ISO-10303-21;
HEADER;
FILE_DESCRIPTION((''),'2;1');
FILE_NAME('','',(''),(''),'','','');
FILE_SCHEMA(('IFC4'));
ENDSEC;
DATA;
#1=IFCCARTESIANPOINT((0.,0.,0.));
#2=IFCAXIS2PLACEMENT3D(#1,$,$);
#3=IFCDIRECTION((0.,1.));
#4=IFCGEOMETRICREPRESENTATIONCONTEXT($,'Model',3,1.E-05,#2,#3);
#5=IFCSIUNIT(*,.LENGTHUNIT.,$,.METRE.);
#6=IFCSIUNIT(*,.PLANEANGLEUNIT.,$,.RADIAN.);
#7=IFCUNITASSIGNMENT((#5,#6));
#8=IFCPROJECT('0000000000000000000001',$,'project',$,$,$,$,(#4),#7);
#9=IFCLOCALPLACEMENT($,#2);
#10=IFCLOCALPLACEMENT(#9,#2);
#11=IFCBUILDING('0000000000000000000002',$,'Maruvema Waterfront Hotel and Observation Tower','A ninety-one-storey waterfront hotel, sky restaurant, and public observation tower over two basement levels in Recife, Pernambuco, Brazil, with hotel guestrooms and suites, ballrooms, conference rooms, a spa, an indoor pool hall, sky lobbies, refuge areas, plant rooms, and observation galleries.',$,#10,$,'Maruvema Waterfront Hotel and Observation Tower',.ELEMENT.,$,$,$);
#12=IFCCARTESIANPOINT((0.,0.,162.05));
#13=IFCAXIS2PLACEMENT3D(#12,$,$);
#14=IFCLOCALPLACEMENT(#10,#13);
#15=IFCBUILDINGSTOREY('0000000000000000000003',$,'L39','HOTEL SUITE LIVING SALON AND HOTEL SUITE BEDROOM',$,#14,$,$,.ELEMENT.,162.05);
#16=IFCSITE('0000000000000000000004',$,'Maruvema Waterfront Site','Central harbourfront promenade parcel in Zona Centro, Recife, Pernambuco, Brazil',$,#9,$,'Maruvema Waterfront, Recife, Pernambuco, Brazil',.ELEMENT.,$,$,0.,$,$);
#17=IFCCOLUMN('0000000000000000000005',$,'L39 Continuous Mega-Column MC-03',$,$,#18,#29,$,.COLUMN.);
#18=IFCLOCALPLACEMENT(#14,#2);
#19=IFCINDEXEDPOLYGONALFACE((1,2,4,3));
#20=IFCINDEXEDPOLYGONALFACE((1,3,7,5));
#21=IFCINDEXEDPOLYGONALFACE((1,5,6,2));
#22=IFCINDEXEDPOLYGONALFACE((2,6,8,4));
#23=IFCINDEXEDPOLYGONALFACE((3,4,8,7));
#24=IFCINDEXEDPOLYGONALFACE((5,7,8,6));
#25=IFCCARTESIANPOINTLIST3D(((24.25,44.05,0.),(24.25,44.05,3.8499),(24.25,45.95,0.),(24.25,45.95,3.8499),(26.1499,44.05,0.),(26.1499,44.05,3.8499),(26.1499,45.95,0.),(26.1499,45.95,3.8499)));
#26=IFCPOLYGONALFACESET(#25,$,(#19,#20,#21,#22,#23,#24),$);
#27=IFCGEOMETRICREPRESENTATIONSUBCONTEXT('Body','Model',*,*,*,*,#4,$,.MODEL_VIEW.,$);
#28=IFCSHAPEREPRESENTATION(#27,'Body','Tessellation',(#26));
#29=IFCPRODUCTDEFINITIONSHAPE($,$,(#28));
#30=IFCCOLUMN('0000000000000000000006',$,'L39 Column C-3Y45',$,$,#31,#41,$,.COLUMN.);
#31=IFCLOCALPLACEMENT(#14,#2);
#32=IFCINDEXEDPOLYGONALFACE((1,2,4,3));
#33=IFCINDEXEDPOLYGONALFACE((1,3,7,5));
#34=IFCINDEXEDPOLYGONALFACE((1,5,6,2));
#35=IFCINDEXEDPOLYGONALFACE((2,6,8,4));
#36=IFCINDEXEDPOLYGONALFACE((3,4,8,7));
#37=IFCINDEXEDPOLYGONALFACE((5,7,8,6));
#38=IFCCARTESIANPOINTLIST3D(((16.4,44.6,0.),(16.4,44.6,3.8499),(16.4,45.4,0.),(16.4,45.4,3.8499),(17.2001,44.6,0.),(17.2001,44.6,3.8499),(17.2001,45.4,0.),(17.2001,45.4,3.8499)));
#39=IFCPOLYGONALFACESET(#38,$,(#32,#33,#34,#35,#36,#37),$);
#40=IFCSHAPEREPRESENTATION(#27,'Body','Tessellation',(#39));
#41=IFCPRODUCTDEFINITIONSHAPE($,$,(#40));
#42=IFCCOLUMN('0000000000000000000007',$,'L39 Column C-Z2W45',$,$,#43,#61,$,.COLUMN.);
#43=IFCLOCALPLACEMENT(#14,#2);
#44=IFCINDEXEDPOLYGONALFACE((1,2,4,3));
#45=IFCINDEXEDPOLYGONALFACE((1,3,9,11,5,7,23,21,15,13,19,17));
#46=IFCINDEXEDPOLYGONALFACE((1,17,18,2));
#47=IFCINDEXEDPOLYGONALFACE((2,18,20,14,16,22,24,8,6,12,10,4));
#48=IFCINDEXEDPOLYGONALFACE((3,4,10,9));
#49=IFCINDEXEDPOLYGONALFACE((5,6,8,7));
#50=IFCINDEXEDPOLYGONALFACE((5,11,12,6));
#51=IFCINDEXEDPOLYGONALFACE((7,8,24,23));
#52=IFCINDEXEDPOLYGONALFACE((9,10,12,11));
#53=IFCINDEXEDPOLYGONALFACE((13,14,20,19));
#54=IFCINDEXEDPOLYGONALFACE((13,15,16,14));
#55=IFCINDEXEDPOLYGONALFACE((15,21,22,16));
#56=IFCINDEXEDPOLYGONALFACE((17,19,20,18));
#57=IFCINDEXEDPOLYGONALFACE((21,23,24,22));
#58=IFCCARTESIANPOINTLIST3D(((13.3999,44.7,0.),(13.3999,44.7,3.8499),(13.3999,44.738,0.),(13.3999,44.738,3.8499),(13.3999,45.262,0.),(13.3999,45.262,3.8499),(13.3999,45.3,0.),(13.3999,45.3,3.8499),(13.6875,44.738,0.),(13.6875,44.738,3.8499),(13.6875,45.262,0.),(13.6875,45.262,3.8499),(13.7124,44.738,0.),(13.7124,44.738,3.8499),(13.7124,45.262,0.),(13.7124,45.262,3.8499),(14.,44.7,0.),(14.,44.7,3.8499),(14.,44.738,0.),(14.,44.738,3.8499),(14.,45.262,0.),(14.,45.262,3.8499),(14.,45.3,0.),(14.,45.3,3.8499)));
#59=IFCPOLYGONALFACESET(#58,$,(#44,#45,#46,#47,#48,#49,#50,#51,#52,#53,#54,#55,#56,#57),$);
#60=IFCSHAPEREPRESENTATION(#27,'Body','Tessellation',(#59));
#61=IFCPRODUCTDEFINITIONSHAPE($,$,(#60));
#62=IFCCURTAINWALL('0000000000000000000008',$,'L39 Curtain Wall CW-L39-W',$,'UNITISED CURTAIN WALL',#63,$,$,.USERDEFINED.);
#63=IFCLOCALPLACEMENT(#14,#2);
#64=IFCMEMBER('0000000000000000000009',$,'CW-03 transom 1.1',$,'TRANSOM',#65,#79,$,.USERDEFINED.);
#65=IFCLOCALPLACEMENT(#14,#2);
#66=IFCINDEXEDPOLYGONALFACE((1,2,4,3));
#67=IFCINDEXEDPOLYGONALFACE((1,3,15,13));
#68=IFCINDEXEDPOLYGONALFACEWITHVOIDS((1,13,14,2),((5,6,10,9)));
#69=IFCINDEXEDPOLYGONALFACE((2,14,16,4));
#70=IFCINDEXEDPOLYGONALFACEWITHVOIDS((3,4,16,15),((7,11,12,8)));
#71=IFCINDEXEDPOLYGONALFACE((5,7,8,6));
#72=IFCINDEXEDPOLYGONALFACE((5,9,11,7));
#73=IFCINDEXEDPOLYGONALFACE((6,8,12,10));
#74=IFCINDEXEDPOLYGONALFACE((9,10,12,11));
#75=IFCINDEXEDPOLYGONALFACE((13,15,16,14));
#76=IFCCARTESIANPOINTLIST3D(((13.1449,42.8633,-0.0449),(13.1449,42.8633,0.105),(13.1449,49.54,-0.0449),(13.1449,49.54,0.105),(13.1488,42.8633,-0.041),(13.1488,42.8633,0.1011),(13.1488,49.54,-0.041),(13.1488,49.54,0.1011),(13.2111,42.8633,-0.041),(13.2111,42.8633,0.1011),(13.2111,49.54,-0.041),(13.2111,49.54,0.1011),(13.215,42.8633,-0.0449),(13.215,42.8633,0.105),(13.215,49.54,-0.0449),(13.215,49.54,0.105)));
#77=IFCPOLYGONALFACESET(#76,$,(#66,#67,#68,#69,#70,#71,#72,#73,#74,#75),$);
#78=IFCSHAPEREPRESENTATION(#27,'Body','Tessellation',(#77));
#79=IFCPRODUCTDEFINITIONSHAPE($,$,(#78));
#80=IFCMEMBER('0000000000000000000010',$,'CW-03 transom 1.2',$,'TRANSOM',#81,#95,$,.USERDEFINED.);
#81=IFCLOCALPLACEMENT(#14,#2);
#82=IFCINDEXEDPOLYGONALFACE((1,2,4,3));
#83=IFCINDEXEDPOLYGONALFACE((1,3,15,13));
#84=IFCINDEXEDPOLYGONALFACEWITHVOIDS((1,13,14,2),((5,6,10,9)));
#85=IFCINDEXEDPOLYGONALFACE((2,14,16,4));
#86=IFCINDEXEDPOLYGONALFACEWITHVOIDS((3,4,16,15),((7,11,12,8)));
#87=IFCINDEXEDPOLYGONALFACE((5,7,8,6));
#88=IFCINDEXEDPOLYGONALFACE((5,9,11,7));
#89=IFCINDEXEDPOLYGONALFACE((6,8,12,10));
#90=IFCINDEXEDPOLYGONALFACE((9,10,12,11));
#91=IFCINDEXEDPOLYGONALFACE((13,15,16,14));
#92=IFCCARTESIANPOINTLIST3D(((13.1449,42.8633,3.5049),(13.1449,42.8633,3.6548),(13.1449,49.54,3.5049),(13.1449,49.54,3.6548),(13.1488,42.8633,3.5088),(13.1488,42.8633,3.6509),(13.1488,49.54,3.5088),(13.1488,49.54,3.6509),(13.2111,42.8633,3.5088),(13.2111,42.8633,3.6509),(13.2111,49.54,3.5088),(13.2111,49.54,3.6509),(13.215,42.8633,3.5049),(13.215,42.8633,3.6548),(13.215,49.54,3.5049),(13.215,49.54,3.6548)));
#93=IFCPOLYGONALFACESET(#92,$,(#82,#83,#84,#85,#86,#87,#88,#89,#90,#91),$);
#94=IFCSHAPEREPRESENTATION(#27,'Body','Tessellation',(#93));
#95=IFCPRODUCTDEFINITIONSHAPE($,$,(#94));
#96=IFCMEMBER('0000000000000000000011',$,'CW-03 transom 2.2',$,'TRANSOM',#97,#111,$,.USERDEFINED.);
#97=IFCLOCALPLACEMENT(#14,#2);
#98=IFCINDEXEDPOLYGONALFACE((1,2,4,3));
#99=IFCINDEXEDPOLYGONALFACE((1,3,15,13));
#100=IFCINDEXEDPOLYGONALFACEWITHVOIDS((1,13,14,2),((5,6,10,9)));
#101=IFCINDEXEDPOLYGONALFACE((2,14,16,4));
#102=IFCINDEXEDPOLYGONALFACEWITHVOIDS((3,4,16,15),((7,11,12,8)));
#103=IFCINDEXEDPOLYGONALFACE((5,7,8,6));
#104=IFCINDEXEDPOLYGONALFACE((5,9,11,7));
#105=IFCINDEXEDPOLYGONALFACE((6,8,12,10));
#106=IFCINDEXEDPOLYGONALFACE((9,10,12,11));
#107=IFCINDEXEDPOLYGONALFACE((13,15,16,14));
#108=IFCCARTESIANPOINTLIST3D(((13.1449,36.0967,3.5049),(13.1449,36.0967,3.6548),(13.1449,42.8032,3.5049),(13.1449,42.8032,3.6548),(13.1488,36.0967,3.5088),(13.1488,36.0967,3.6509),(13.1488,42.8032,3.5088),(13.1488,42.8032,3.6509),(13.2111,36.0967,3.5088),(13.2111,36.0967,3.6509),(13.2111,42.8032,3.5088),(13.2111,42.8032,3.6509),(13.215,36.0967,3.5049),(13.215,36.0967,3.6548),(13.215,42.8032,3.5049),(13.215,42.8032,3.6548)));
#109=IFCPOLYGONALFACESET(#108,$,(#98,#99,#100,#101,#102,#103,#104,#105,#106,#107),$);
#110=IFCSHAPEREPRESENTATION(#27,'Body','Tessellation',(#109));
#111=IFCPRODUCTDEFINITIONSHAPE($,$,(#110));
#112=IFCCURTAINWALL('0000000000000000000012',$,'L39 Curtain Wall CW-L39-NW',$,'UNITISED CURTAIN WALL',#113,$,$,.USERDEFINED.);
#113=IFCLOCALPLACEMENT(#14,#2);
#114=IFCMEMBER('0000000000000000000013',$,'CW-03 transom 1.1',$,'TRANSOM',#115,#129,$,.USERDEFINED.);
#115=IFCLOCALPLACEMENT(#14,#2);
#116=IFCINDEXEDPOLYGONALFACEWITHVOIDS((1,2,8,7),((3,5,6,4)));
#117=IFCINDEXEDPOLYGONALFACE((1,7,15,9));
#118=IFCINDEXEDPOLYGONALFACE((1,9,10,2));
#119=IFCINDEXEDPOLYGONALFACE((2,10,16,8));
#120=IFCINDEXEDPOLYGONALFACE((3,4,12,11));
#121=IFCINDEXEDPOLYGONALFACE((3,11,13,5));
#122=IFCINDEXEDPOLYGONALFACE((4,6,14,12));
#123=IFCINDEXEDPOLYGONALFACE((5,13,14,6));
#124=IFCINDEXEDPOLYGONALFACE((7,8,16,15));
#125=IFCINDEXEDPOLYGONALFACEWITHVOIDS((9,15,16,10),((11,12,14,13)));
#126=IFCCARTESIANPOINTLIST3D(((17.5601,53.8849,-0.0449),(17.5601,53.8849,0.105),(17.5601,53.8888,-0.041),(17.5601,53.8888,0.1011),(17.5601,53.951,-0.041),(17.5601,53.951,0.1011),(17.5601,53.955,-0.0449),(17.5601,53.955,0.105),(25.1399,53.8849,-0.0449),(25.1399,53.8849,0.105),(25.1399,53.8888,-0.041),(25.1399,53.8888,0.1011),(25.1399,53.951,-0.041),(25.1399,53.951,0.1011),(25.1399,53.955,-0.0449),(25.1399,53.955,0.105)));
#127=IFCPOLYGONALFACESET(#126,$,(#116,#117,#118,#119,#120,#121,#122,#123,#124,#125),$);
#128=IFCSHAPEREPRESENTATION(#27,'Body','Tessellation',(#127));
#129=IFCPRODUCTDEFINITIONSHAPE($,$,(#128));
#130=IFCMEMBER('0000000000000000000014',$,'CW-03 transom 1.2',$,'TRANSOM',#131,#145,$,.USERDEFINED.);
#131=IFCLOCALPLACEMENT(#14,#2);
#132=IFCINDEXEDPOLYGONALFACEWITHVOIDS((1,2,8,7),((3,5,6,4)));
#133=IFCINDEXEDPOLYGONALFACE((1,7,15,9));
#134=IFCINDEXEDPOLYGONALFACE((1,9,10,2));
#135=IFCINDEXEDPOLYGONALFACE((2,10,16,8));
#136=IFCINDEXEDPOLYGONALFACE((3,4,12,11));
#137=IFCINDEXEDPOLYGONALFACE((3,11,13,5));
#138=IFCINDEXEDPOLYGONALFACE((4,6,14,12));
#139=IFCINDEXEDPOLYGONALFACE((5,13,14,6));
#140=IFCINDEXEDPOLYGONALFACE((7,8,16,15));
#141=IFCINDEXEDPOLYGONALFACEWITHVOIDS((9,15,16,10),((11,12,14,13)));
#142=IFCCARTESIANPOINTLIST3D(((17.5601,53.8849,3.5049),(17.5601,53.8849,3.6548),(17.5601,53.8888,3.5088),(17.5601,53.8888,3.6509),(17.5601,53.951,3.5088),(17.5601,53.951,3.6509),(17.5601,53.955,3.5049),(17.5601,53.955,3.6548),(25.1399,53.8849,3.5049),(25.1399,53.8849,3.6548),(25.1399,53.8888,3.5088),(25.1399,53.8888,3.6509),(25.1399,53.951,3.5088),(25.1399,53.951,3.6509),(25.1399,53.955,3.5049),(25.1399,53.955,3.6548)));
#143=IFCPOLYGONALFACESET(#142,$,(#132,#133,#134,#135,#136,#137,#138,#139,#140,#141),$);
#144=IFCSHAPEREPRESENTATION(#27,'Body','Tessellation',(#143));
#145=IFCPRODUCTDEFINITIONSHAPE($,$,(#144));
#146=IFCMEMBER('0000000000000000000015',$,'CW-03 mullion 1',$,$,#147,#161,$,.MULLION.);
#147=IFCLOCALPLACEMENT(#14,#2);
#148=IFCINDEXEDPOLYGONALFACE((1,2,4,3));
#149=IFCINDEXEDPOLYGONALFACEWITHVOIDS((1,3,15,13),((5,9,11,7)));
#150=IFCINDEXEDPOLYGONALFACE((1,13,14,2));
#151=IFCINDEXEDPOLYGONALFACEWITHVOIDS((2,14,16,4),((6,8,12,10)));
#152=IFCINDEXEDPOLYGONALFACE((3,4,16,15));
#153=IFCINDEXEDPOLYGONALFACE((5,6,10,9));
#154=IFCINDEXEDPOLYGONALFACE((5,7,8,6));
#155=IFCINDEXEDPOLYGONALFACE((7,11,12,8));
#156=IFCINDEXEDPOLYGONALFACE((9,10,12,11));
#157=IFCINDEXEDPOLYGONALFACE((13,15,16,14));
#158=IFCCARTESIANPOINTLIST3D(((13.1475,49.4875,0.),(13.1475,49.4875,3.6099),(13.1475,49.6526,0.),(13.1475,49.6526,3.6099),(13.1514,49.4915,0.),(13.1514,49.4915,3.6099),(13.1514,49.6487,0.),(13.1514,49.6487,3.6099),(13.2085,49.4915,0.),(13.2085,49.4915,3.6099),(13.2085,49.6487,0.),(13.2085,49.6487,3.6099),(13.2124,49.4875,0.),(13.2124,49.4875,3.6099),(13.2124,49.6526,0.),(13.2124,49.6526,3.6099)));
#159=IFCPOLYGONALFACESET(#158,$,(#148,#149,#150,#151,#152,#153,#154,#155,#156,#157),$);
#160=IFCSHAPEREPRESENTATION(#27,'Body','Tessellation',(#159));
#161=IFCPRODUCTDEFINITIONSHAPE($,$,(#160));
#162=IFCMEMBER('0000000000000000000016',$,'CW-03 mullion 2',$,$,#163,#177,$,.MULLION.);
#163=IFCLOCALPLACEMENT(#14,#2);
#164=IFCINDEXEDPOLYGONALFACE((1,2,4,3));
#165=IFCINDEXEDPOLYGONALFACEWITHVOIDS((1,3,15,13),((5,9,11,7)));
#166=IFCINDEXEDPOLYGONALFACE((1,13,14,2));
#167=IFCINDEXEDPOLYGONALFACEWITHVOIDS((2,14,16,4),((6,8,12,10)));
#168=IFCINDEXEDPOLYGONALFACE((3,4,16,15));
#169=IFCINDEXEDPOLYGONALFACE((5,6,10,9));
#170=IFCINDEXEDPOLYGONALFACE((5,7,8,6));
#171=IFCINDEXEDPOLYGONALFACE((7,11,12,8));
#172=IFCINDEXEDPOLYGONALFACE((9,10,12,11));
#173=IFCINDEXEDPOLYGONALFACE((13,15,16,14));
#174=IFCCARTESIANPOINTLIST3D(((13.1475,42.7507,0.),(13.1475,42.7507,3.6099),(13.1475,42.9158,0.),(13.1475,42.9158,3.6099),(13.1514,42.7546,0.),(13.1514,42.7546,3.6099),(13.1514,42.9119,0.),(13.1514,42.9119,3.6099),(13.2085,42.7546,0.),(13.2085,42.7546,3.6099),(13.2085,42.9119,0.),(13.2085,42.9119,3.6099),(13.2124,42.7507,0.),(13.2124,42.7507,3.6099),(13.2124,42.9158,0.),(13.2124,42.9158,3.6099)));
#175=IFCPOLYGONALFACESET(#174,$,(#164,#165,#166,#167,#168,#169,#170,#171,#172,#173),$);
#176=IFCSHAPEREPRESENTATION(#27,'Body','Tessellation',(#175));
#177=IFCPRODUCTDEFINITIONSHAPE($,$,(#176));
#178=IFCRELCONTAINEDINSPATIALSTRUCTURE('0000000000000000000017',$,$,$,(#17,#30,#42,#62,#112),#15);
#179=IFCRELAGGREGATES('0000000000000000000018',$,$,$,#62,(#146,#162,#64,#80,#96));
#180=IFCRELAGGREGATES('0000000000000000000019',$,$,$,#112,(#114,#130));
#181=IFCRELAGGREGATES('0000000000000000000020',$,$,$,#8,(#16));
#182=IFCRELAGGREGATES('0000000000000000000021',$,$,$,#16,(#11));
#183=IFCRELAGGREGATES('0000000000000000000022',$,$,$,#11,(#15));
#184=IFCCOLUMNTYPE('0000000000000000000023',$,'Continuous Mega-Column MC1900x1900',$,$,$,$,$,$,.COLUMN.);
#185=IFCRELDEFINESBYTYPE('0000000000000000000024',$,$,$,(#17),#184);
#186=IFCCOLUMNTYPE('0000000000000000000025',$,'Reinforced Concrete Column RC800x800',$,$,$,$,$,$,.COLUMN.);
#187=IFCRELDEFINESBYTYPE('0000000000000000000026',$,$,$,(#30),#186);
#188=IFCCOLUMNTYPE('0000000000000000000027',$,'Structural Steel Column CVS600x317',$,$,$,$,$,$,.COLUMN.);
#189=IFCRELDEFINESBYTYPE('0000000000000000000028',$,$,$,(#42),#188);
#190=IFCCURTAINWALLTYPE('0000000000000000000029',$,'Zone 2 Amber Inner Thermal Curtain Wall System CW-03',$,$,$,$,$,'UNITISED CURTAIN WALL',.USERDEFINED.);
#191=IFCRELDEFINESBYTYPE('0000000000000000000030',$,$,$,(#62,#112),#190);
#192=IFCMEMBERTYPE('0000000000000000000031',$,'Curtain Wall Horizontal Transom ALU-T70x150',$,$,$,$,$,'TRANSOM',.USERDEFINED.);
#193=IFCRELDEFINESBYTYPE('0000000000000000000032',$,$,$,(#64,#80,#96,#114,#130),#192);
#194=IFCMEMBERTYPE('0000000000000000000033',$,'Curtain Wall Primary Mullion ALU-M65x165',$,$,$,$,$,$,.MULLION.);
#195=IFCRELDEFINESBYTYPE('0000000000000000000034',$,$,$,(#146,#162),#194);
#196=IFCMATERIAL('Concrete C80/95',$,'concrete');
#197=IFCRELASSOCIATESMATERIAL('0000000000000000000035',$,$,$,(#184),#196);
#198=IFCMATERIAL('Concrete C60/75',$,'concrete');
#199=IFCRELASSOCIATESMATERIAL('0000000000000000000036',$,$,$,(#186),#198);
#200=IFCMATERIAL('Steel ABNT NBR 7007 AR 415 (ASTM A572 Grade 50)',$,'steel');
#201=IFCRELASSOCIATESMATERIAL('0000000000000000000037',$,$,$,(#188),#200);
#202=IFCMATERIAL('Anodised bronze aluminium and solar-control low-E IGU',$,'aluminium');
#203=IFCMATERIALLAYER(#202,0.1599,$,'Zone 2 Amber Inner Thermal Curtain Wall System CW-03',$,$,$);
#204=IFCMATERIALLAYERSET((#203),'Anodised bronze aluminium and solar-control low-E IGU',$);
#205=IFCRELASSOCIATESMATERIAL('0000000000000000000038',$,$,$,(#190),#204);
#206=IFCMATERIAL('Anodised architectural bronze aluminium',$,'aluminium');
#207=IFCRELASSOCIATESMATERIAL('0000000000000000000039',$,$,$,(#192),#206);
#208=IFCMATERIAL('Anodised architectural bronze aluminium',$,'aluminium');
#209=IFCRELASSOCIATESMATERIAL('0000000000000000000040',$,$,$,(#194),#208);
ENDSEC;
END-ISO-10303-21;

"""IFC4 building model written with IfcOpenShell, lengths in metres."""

from ifc_helpers import new_model, si_unit, direction, frame, origin, origin_2d, place, context, subcontext, project, spatial, rectangle, hollow_rectangle, i_section, extrude, material, layer, layer_set, material_profile, profile_set, type_object, element, aggregate, save


model = new_model("IFC4")

# Units and contexts
model_context = context("Model", 3, precision=1e-05, world=origin(), true_north=direction((0.0, 1.0)))
body_context = subcontext(model_context, "Body", "Model", "MODEL_VIEW")
ifc_project = project(units=[si_unit("LENGTHUNIT", "METRE"), si_unit("PLANEANGLEUNIT", "RADIAN")], contexts=[model_context])

# Site, building, storey
site_placement = place(None, origin())
site = spatial("IfcSite", under=ifc_project, at=site_placement, Name="Maruvema Waterfront Site", Description="Central harbourfront promenade parcel in Zona Centro, Recife, Pernambuco, Brazil", LongName="Maruvema Waterfront, Recife, Pernambuco, Brazil", CompositionType="ELEMENT", RefElevation=0.0)
building_placement = place(site_placement, origin())
building = spatial("IfcBuilding", under=site, at=building_placement, Name="Maruvema Waterfront Hotel and Observation Tower", Description="A ninety-one-storey waterfront hotel, sky restaurant, and public observation tower over two basement levels in Recife, Pernambuco, Brazil, with hotel guestrooms and suites, ballrooms, conference rooms, a spa, an indoor pool hall, sky lobbies, refuge areas, plant rooms, and observation galleries.", LongName="Maruvema Waterfront Hotel and Observation Tower", CompositionType="ELEMENT")
storey_placement = place(building_placement, frame((0.0, 0.0, 162.05)))
storey = spatial("IfcBuildingStorey", under=building, at=storey_placement, Name="L39", Description="HOTEL SUITE LIVING SALON AND HOTEL SUITE BEDROOM", CompositionType="ELEMENT", Elevation=162.05)

# Columns
ifc_material_1 = material(Name="Concrete C80/95", Category="concrete")
ifc_material_profile_1 = material_profile(ifc_material_1, rectangle(XDim=1.8999, YDim=1.8999, at=origin_2d()), Name="MC1900x1900")
ifc_profile_set_1 = profile_set([ifc_material_profile_1], Name="Concrete C80/95")
column_type_1 = type_object("IfcColumnType", Name="Continuous Mega-Column MC1900x1900", PredefinedType="COLUMN", material=ifc_profile_set_1)
column_1_placement = place(storey_placement, frame((25.2, 45.0, 0.0), z_axis=(0.0, 0.0, 1.0), x_axis=(1.0, 0.0, 0.0)))
element("IfcColumn", 1, at=column_1_placement, inside=storey, type_object=column_type_1, Name="L39 Continuous Mega-Column MC-03", PredefinedType="COLUMN", context=body_context, shape_type="SweptSolid", body=[
    extrude(rectangle(XDim=1.8999, YDim=1.8999, at=origin_2d()), origin(), (0.0, 0.0, 1.0), 3.8499),
])
ifc_material_2 = material(Name="Concrete C60/75", Category="concrete")
ifc_material_profile_2 = material_profile(ifc_material_2, rectangle(XDim=0.8, YDim=0.8, at=origin_2d()), Name="RC800x800")
ifc_profile_set_2 = profile_set([ifc_material_profile_2], Name="Concrete C60/75")
column_type_2 = type_object("IfcColumnType", Name="Reinforced Concrete Column RC800x800", PredefinedType="COLUMN", material=ifc_profile_set_2)
column_2_placement = place(storey_placement, frame((16.8, 45.0, 0.0), z_axis=(0.0, 0.0, 1.0), x_axis=(1.0, 0.0, 0.0)))
element("IfcColumn", 2, at=column_2_placement, inside=storey, type_object=column_type_2, Name="L39 Column C-3Y45", PredefinedType="COLUMN", context=body_context, shape_type="SweptSolid", body=[
    extrude(rectangle(XDim=0.8, YDim=0.8, at=origin_2d()), origin(), (0.0, 0.0, 1.0), 3.8499),
])
ifc_material_3 = material(Name="Steel ABNT NBR 7007 AR 415 (ASTM A572 Grade 50)", Category="steel")
ifc_material_profile_3 = material_profile(ifc_material_3, i_section(OverallWidth=0.6001, OverallDepth=0.6001, WebThickness=0.0249, FlangeThickness=0.0381, at=origin_2d()), Name="CVS600x317")
ifc_profile_set_3 = profile_set([ifc_material_profile_3], Name="Steel ABNT NBR 7007 AR 415 (ASTM A572 Grade 50)")
column_type_3 = type_object("IfcColumnType", Name="Structural Steel Column CVS600x317", PredefinedType="COLUMN", material=ifc_profile_set_3)
column_3_placement = place(storey_placement, frame((13.7, 45.0, 0.0), z_axis=(0.0, 0.0, 1.0), x_axis=(1.0, 0.0, 0.0)))
element("IfcColumn", 3, at=column_3_placement, inside=storey, type_object=column_type_3, Name="L39 Column C-Z2W45", PredefinedType="COLUMN", context=body_context, shape_type="SweptSolid", body=[
    extrude(i_section(OverallWidth=0.6001, OverallDepth=0.6001, WebThickness=0.0249, FlangeThickness=0.0381, at=origin_2d()), origin(), (0.0, 0.0, 1.0), 3.8499),
])

# Curtain walls, members
ifc_material_4 = material(Name="Anodised bronze aluminium and solar-control low-E IGU", Category="aluminium")
ifc_layer_1 = layer(ifc_material_4, 0.1599, Name="Zone 2 Amber Inner Thermal Curtain Wall System CW-03")
ifc_layer_set_1 = layer_set([ifc_layer_1], Name="Anodised bronze aluminium and solar-control low-E IGU")
curtain_wall_type = type_object("IfcCurtainWallType", Name="Zone 2 Amber Inner Thermal Curtain Wall System CW-03", ElementType="UNITISED CURTAIN WALL", PredefinedType="USERDEFINED", material=ifc_layer_set_1)
curtain_wall_1_placement = place(storey_placement, origin())
curtain_wall_1 = element("IfcCurtainWall", 4, at=curtain_wall_1_placement, inside=storey, type_object=curtain_wall_type, Name="L39 Curtain Wall CW-L39-W", ObjectType="UNITISED CURTAIN WALL", PredefinedType="USERDEFINED")
ifc_material_5 = material(Name="Anodised architectural bronze aluminium", Category="aluminium")
ifc_material_profile_4 = material_profile(ifc_material_5, hollow_rectangle(XDim=0.0701, YDim=0.1499, WallThickness=0.0039, at=origin_2d()), Name="ALU-T70x150")
ifc_profile_set_4 = profile_set([ifc_material_profile_4], Name="Anodised architectural bronze aluminium")
member_type_1 = type_object("IfcMemberType", Name="Curtain Wall Horizontal Transom ALU-T70x150", ElementType="TRANSOM", PredefinedType="USERDEFINED", material=ifc_profile_set_4)
member_1_placement = place(storey_placement, frame((13.1799, 49.54, 0.03), z_axis=(0.0, -1.0, 0.0), x_axis=(1.0, 0.0, 0.0)))
member_1 = element("IfcMember", 5, at=member_1_placement, type_object=member_type_1, Name="CW-03 transom 1.1", ObjectType="TRANSOM", PredefinedType="USERDEFINED", context=body_context, shape_type="SweptSolid", body=[
    extrude(hollow_rectangle(XDim=0.0701, YDim=0.1499, WallThickness=0.0039, at=origin_2d()), origin(), (0.0, 0.0, 1.0), 6.6768),
])
member_2_placement = place(storey_placement, frame((13.1799, 49.54, 3.5798), z_axis=(0.0, -1.0, 0.0), x_axis=(1.0, 0.0, 0.0)))
member_2 = element("IfcMember", 6, at=member_2_placement, type_object=member_type_1, Name="CW-03 transom 1.2", ObjectType="TRANSOM", PredefinedType="USERDEFINED", context=body_context, shape_type="SweptSolid", body=[
    extrude(hollow_rectangle(XDim=0.0701, YDim=0.1499, WallThickness=0.0039, at=origin_2d()), origin(), (0.0, 0.0, 1.0), 6.6768),
])
member_3_placement = place(storey_placement, frame((13.1799, 42.8032, 3.5798), z_axis=(0.0, -1.0, 0.0), x_axis=(1.0, 0.0, 0.0)))
member_3 = element("IfcMember", 7, at=member_3_placement, type_object=member_type_1, Name="CW-03 transom 2.2", ObjectType="TRANSOM", PredefinedType="USERDEFINED", context=body_context, shape_type="SweptSolid", body=[
    extrude(hollow_rectangle(XDim=0.0701, YDim=0.1499, WallThickness=0.0039, at=origin_2d()), origin(), (0.0, 0.0, 1.0), 6.7065),
])
curtain_wall_2_placement = place(storey_placement, origin())
curtain_wall_2 = element("IfcCurtainWall", 8, at=curtain_wall_2_placement, inside=storey, type_object=curtain_wall_type, Name="L39 Curtain Wall CW-L39-NW", ObjectType="UNITISED CURTAIN WALL", PredefinedType="USERDEFINED")
member_4_placement = place(storey_placement, frame((25.1399, 53.9199, 0.03), z_axis=(-1.0, 0.0, 0.0), x_axis=(0.0, -1.0, 0.0)))
member_4 = element("IfcMember", 9, at=member_4_placement, type_object=member_type_1, Name="CW-03 transom 1.1", ObjectType="TRANSOM", PredefinedType="USERDEFINED", context=body_context, shape_type="SweptSolid", body=[
    extrude(hollow_rectangle(XDim=0.0701, YDim=0.1499, WallThickness=0.0039, at=origin_2d()), origin(), (0.0, 0.0, 1.0), 7.5798),
])
member_5_placement = place(storey_placement, frame((25.1399, 53.9199, 3.5798), z_axis=(-1.0, 0.0, 0.0), x_axis=(0.0, -1.0, 0.0)))
member_5 = element("IfcMember", 10, at=member_5_placement, type_object=member_type_1, Name="CW-03 transom 1.2", ObjectType="TRANSOM", PredefinedType="USERDEFINED", context=body_context, shape_type="SweptSolid", body=[
    extrude(hollow_rectangle(XDim=0.0701, YDim=0.1499, WallThickness=0.0039, at=origin_2d()), origin(), (0.0, 0.0, 1.0), 7.5798),
])

# Members
ifc_material_6 = material(Name="Anodised architectural bronze aluminium", Category="aluminium")
ifc_material_profile_5 = material_profile(ifc_material_6, hollow_rectangle(XDim=0.0649, YDim=0.165, WallThickness=0.0039, at=origin_2d()), Name="ALU-M65x165")
ifc_profile_set_5 = profile_set([ifc_material_profile_5], Name="Anodised architectural bronze aluminium")
member_type_2 = type_object("IfcMemberType", Name="Curtain Wall Primary Mullion ALU-M65x165", PredefinedType="MULLION", material=ifc_profile_set_5)
member_6_placement = place(storey_placement, frame((13.1799, 49.5701, 0.0), z_axis=(0.0, 0.0, 1.0), x_axis=(1.0, 0.0, 0.0)))
member_6 = element("IfcMember", 11, at=member_6_placement, type_object=member_type_2, Name="CW-03 mullion 1", PredefinedType="MULLION", context=body_context, shape_type="SweptSolid", body=[
    extrude(hollow_rectangle(XDim=0.0649, YDim=0.165, WallThickness=0.0039, at=origin_2d()), origin(), (0.0, 0.0, 1.0), 3.6099),
])
member_7_placement = place(storey_placement, frame((13.1799, 42.8333, 0.0), z_axis=(0.0, 0.0, 1.0), x_axis=(1.0, 0.0, 0.0)))
member_7 = element("IfcMember", 12, at=member_7_placement, type_object=member_type_2, Name="CW-03 mullion 2", PredefinedType="MULLION", context=body_context, shape_type="SweptSolid", body=[
    extrude(hollow_rectangle(XDim=0.0649, YDim=0.165, WallThickness=0.0039, at=origin_2d()), origin(), (0.0, 0.0, 1.0), 3.6099),
])

aggregate(curtain_wall_1, [member_6, member_7, member_1, member_2, member_3])
aggregate(curtain_wall_2, [member_4, member_5])

save(model, "model.ifc")
